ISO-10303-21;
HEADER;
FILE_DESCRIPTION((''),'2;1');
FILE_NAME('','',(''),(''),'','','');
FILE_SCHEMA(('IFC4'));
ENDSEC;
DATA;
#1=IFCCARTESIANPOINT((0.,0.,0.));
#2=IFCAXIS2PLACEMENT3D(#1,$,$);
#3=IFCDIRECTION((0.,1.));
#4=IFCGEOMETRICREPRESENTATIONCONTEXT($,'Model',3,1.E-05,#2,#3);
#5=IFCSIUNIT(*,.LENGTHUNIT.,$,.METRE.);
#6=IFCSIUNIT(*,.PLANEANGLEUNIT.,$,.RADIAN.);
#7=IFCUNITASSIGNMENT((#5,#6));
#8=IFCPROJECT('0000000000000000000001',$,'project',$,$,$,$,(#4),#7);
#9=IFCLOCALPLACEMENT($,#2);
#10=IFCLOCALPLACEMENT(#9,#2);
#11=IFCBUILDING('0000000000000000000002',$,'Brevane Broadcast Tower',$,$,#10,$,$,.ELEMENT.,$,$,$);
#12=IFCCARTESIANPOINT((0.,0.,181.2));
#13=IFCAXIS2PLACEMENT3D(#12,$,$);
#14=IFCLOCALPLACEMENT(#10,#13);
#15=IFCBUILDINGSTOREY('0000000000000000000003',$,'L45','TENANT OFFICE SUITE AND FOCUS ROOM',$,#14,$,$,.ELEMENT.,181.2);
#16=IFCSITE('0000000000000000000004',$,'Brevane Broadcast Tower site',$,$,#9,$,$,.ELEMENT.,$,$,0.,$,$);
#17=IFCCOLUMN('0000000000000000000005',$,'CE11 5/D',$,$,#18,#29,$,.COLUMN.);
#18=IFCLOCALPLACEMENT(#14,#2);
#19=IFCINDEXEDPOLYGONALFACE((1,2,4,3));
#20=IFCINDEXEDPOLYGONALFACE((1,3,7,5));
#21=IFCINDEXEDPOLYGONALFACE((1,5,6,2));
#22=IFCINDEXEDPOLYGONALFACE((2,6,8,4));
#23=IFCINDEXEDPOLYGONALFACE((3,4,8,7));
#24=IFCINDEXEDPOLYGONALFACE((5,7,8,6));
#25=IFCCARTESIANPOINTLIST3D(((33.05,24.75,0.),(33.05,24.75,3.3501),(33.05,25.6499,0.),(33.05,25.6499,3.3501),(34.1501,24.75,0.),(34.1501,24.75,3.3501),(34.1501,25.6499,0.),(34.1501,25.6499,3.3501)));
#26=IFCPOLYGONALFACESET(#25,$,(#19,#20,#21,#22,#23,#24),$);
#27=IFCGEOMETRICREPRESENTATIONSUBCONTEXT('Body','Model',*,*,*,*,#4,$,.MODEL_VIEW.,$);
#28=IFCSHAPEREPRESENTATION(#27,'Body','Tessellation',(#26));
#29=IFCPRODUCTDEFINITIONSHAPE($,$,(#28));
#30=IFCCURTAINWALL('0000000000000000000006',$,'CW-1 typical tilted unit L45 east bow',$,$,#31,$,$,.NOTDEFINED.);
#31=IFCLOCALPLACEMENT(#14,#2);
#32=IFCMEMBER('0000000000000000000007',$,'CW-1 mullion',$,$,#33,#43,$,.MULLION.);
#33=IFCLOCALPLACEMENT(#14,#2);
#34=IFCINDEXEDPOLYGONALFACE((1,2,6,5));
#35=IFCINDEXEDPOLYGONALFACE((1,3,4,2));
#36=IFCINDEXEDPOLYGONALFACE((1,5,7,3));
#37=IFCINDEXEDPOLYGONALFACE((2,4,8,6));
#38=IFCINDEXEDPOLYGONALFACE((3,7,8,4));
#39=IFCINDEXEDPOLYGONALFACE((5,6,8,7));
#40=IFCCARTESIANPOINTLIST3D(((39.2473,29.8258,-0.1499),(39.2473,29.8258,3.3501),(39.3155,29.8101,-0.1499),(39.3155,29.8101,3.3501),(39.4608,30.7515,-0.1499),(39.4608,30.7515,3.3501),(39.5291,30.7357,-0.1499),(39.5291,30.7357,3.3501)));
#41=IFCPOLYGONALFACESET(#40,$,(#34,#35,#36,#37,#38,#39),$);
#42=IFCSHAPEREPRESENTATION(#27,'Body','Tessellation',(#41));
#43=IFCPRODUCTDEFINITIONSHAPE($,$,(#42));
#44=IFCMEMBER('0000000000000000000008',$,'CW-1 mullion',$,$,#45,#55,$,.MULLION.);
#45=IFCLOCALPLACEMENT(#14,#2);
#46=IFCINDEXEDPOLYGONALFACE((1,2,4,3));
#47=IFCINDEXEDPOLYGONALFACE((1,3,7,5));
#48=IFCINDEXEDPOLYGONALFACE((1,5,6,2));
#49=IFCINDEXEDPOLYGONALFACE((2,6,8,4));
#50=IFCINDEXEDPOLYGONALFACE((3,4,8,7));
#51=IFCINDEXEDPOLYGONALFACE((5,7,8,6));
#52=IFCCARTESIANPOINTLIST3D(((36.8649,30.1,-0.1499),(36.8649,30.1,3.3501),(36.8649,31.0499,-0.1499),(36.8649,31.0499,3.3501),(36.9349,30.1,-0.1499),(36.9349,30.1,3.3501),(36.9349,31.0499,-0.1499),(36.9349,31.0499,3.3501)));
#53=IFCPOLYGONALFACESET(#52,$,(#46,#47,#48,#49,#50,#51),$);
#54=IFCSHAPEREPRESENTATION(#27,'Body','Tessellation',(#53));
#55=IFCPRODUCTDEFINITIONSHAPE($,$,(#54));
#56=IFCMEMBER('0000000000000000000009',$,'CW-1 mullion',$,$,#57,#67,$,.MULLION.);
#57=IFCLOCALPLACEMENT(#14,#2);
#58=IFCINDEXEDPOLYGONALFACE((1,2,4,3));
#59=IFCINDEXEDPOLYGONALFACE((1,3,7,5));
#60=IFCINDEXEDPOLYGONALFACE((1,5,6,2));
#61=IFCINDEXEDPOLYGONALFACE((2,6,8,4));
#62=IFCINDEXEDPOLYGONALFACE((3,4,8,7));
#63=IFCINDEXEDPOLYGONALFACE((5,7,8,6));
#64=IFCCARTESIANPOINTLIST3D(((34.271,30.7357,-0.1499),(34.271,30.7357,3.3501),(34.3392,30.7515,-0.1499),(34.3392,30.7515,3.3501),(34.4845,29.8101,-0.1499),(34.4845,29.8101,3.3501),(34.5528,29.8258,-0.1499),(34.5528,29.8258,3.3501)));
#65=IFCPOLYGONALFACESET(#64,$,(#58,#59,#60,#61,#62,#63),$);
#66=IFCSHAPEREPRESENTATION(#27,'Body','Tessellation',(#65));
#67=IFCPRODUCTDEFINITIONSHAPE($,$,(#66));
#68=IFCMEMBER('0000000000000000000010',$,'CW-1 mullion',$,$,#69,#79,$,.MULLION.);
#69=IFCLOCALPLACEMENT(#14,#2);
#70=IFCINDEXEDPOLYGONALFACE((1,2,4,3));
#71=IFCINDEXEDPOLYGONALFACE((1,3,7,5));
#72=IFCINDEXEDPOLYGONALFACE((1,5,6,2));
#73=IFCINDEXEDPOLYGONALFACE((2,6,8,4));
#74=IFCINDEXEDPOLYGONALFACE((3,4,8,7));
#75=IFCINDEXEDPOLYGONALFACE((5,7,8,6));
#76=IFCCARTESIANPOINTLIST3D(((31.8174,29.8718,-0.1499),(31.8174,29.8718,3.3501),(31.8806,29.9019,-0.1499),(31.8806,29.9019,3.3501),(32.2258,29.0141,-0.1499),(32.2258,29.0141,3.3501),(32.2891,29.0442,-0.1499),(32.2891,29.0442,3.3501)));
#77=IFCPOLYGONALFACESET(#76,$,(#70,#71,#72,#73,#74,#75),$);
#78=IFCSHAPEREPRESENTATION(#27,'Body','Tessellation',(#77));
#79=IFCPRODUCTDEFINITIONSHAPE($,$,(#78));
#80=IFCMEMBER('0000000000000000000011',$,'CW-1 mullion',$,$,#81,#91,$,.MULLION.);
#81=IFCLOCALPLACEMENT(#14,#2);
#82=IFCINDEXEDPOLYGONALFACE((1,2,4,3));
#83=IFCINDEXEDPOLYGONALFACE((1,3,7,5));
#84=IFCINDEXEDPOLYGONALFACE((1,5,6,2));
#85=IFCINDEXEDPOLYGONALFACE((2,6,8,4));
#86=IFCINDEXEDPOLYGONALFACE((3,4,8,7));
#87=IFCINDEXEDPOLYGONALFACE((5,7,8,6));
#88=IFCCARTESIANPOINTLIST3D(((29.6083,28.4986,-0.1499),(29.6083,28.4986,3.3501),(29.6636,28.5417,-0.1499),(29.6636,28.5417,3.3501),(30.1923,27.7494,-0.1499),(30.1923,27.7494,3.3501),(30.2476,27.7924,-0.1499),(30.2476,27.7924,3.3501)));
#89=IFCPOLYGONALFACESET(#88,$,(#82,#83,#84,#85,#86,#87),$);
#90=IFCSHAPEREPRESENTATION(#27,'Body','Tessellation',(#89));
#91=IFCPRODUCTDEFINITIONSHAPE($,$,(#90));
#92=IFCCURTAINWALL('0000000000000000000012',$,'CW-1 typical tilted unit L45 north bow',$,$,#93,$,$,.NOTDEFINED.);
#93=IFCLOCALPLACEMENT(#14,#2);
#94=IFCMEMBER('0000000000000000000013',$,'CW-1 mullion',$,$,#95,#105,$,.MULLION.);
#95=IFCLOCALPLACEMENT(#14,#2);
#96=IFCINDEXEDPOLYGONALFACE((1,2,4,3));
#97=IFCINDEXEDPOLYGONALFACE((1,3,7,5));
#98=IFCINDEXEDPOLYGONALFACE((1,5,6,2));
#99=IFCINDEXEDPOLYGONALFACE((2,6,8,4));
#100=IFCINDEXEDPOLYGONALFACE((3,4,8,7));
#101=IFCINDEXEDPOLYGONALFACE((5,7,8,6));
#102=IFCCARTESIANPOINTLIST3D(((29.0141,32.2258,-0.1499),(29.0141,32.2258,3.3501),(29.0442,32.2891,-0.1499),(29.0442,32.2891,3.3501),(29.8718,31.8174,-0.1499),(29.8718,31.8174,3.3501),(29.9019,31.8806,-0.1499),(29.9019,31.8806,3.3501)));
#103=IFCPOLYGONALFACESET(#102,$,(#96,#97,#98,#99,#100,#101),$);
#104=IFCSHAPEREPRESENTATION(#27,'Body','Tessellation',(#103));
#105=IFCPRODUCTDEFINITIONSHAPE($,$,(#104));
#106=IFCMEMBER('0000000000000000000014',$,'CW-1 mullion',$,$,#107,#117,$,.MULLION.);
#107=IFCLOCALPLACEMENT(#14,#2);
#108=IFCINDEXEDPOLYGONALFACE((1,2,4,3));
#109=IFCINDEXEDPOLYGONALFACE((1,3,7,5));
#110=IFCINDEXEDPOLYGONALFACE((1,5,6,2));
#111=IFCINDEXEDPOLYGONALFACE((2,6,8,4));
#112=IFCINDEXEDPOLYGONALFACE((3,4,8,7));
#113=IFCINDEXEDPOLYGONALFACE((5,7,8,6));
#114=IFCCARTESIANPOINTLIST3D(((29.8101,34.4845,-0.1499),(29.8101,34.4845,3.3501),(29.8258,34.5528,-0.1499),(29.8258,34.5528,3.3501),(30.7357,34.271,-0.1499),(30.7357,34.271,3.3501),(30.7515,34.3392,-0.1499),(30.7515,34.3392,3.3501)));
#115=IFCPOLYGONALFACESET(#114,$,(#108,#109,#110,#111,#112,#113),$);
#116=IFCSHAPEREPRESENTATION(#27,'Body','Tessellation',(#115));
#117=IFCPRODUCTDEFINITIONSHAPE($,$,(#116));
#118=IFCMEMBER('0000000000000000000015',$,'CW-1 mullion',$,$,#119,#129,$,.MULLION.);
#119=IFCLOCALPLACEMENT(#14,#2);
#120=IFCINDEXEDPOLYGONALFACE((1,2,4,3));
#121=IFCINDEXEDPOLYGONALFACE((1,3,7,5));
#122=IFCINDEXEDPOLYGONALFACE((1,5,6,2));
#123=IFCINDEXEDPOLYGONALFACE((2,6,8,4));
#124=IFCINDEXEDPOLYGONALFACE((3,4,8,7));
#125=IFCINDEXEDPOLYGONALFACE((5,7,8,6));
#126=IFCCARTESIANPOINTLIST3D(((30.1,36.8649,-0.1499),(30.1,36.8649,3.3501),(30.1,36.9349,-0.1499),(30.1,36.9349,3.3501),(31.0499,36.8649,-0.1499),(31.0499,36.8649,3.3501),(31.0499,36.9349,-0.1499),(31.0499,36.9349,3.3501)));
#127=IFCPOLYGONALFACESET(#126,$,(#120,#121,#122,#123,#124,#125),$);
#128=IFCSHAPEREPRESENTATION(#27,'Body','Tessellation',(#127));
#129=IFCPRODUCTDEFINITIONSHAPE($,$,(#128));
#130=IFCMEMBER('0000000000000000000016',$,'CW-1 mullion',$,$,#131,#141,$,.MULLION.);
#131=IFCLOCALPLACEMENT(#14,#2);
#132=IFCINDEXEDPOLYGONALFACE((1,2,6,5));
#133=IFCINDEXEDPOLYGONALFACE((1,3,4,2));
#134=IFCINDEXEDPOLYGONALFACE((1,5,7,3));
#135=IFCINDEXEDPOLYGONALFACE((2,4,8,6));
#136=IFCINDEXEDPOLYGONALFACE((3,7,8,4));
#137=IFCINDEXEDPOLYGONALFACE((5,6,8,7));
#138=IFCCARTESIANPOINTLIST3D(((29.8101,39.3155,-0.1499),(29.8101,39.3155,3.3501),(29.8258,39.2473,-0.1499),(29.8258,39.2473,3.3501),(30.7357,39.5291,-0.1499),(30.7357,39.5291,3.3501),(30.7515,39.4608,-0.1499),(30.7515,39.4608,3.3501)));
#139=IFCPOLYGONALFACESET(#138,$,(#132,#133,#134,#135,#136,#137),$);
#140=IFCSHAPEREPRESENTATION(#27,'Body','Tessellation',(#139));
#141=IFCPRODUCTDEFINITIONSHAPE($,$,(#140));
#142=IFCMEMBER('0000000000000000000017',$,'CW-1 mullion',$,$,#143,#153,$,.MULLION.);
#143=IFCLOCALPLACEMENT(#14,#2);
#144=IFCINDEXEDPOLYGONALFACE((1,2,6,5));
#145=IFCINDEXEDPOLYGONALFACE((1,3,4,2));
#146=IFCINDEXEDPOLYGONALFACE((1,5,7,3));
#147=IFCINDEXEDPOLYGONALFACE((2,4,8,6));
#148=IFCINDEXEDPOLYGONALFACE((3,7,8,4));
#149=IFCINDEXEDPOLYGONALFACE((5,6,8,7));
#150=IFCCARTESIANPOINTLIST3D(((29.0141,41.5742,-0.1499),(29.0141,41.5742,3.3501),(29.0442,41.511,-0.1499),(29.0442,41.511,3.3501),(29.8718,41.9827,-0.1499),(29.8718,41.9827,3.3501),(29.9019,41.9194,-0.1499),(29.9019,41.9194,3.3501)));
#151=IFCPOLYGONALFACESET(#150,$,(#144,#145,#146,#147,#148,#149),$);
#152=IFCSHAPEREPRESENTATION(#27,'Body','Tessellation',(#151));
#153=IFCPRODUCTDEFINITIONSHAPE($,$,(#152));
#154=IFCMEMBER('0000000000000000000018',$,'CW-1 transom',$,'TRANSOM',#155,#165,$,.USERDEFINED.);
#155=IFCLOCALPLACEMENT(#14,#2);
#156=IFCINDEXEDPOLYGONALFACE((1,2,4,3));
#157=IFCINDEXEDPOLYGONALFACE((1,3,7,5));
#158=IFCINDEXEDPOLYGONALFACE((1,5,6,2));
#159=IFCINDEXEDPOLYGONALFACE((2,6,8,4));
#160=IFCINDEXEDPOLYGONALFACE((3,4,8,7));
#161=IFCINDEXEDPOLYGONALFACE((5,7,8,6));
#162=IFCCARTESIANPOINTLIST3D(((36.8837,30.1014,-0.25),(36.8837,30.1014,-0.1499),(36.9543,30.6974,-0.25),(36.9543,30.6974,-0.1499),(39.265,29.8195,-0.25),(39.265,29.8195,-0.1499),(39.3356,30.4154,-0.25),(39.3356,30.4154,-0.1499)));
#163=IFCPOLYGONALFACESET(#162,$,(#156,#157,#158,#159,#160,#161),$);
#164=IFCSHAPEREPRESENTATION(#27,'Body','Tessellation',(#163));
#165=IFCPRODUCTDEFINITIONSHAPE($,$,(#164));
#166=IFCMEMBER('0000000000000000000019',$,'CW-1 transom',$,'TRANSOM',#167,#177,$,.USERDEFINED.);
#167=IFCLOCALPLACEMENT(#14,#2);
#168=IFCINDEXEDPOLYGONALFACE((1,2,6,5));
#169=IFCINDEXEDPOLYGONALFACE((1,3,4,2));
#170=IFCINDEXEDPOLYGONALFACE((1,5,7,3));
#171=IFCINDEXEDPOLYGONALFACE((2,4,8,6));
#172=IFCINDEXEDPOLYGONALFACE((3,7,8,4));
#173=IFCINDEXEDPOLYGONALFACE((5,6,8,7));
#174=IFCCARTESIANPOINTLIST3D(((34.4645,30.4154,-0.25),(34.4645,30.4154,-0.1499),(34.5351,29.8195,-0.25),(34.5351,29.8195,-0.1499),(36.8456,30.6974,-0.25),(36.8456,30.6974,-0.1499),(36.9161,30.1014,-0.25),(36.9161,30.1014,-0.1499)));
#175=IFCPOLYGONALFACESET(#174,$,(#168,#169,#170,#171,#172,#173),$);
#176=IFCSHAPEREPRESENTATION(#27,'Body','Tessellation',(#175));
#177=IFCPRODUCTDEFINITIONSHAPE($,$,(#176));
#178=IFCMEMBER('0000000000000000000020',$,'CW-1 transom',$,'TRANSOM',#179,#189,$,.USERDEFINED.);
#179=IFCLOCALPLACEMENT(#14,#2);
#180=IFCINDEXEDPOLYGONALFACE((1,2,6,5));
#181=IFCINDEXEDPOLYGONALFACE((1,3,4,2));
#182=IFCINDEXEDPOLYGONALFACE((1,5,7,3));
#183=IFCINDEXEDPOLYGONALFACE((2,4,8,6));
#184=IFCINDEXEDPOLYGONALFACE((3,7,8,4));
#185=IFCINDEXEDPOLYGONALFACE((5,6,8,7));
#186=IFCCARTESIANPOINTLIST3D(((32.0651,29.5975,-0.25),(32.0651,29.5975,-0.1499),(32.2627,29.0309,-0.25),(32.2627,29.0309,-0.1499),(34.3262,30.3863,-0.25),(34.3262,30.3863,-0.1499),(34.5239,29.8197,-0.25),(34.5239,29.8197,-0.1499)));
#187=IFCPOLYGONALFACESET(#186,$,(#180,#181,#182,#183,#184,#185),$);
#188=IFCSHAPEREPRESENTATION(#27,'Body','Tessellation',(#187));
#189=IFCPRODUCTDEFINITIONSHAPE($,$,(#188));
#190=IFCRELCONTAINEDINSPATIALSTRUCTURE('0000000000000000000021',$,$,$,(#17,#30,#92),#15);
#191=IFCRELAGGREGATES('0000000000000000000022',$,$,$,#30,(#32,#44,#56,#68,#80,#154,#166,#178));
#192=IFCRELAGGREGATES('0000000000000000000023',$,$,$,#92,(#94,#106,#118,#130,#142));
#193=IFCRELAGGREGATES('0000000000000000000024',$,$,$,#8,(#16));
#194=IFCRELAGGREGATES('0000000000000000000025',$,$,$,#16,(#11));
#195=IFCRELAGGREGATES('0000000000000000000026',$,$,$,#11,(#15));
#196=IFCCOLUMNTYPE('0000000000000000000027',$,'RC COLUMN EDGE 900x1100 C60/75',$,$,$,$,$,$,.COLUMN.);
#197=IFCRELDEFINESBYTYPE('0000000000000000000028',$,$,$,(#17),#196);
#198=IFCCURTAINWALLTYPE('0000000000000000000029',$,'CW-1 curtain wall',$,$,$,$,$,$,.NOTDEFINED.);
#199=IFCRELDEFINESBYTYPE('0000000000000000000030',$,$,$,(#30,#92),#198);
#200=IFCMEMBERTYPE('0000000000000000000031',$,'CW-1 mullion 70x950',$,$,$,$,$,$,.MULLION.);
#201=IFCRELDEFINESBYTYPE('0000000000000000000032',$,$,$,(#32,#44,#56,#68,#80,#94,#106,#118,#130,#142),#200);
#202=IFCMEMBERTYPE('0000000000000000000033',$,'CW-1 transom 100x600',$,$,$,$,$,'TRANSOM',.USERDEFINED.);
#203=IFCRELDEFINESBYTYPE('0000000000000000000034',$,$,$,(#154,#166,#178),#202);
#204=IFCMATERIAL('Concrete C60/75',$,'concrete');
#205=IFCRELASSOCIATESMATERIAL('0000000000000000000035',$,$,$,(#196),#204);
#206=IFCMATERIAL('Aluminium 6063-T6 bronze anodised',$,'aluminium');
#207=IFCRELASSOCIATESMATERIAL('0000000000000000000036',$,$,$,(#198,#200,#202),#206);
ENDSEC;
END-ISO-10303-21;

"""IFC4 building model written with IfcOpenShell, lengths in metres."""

from ifc_helpers import new_model, si_unit, direction, frame, origin, origin_2d, place, context, subcontext, project, spatial, rectangle, extrude, material, material_profile, profile_set, type_object, element, aggregate, save


model = new_model("IFC4")

# Units and contexts
model_context = context("Model", 3, precision=1e-05, world=origin(), true_north=direction((0.0, 1.0)))
body_context = subcontext(model_context, "Body", "Model", "MODEL_VIEW")
ifc_project = project(units=[si_unit("LENGTHUNIT", "METRE"), si_unit("PLANEANGLEUNIT", "RADIAN")], contexts=[model_context])

# Site, building, storey
site_placement = place(None, origin())
site = spatial("IfcSite", under=ifc_project, at=site_placement, Name="Brevane Broadcast Tower site", CompositionType="ELEMENT", RefElevation=0.0)
building_placement = place(site_placement, origin())
building = spatial("IfcBuilding", under=site, at=building_placement, Name="Brevane Broadcast Tower", CompositionType="ELEMENT")
storey_placement = place(building_placement, frame((0.0, 0.0, 181.2)))
storey = spatial("IfcBuildingStorey", under=building, at=storey_placement, Name="L45", Description="TENANT OFFICE SUITE AND FOCUS ROOM", CompositionType="ELEMENT", Elevation=181.2)

# Column
ifc_material_1 = material(Name="Concrete C60/75", Category="concrete")
ifc_material_profile_1 = material_profile(ifc_material_1, rectangle(XDim=0.8999, YDim=1.1001, at=origin_2d()), Name="RC 900x1100")
ifc_profile_set_1 = profile_set([ifc_material_profile_1], Name="Concrete C60/75")
column_type = type_object("IfcColumnType", Name="RC COLUMN EDGE 900x1100 C60/75", PredefinedType="COLUMN", material=ifc_profile_set_1)
column_placement = place(storey_placement, frame((33.6001, 25.2, 0.0), z_axis=(0.0, 0.0, 1.0), x_axis=(0.0, 1.0, 0.0)))
element("IfcColumn", 1, at=column_placement, inside=storey, type_object=column_type, Name="CE11 5/D", PredefinedType="COLUMN", context=body_context, shape_type="SweptSolid", body=[
    extrude(rectangle(XDim=0.8999, YDim=1.1001, at=origin_2d()), origin(), (0.0, 0.0, 1.0), 3.3501),
])

# Curtain walls, members
ifc_material_2 = material(Name="Aluminium 6063-T6 bronze anodised", Category="aluminium")
curtain_wall_type = type_object("IfcCurtainWallType", Name="CW-1 curtain wall", PredefinedType="NOTDEFINED", material=ifc_material_2)
curtain_wall_1_placement = place(storey_placement, origin())
curtain_wall_1 = element("IfcCurtainWall", 2, at=curtain_wall_1_placement, inside=storey, type_object=curtain_wall_type, Name="CW-1 typical tilted unit L45 east bow", PredefinedType="NOTDEFINED")
ifc_material_profile_2 = material_profile(ifc_material_2, rectangle(XDim=0.95, YDim=0.0701, at=origin_2d()), Name="RECT 70x950")
ifc_profile_set_2 = profile_set([ifc_material_profile_2], Name="Aluminium 6063-T6 bronze anodised")
member_type_1 = type_object("IfcMemberType", Name="CW-1 mullion 70x950", PredefinedType="MULLION", material=ifc_profile_set_2)
member_1_placement = place(storey_placement, frame((39.3882, 30.2808, -0.1499), z_axis=(0.0, 0.0, 1.0), x_axis=(-0.224807, -0.974403, 0.0)))
member_1 = element("IfcMember", 3, at=member_1_placement, type_object=member_type_1, Name="CW-1 mullion", PredefinedType="MULLION", context=body_context, shape_type="SweptSolid", body=[
    extrude(rectangle(XDim=0.95, YDim=0.0701, at=origin_2d()), origin(), (0.0, 0.0, 1.0), 3.5),
])
member_2_placement = place(storey_placement, frame((36.8999, 30.575, -0.1499), z_axis=(0.0, 0.0, 1.0), x_axis=(0.0, -1.0, 0.0)))
member_2 = element("IfcMember", 4, at=member_2_placement, type_object=member_type_1, Name="CW-1 mullion", PredefinedType="MULLION", context=body_context, shape_type="SweptSolid", body=[
    extrude(rectangle(XDim=0.95, YDim=0.0701, at=origin_2d()), origin(), (0.0, 0.0, 1.0), 3.5),
])
member_3_placement = place(storey_placement, frame((34.4119, 30.2808, -0.1499), z_axis=(0.0, 0.0, 1.0), x_axis=(0.224807, -0.974403, 0.0)))
member_3 = element("IfcMember", 5, at=member_3_placement, type_object=member_type_1, Name="CW-1 mullion", PredefinedType="MULLION", context=body_context, shape_type="SweptSolid", body=[
    extrude(rectangle(XDim=0.95, YDim=0.0701, at=origin_2d()), origin(), (0.0, 0.0, 1.0), 3.5),
])
member_4_placement = place(storey_placement, frame((32.0532, 29.458, -0.1499), z_axis=(0.0, 0.0, 1.0), x_axis=(0.429934, -0.902861, 0.0)))
member_4 = element("IfcMember", 6, at=member_4_placement, type_object=member_type_1, Name="CW-1 mullion", PredefinedType="MULLION", context=body_context, shape_type="SweptSolid", body=[
    extrude(rectangle(XDim=0.95, YDim=0.0701, at=origin_2d()), origin(), (0.0, 0.0, 1.0), 3.5),
])
member_5_placement = place(storey_placement, frame((29.928, 28.1455, -0.1499), z_axis=(0.0, 0.0, 1.0), x_axis=(0.61477, -0.788707, 0.0)))
member_5 = element("IfcMember", 7, at=member_5_placement, type_object=member_type_1, Name="CW-1 mullion", PredefinedType="MULLION", context=body_context, shape_type="SweptSolid", body=[
    extrude(rectangle(XDim=0.95, YDim=0.0701, at=origin_2d()), origin(), (0.0, 0.0, 1.0), 3.5),
])
curtain_wall_2_placement = place(storey_placement, origin())
curtain_wall_2 = element("IfcCurtainWall", 8, at=curtain_wall_2_placement, inside=storey, type_object=curtain_wall_type, Name="CW-1 typical tilted unit L45 north bow", PredefinedType="NOTDEFINED")
member_6_placement = place(storey_placement, frame((29.458, 32.0532, -0.1499), z_axis=(0.0, 0.0, 1.0), x_axis=(-0.902861, 0.429934, 0.0)))
member_6 = element("IfcMember", 9, at=member_6_placement, type_object=member_type_1, Name="CW-1 mullion", PredefinedType="MULLION", context=body_context, shape_type="SweptSolid", body=[
    extrude(rectangle(XDim=0.95, YDim=0.0701, at=origin_2d()), origin(), (0.0, 0.0, 1.0), 3.5),
])
member_7_placement = place(storey_placement, frame((30.2808, 34.4119, -0.1499), z_axis=(0.0, 0.0, 1.0), x_axis=(-0.974403, 0.224807, 0.0)))
member_7 = element("IfcMember", 10, at=member_7_placement, type_object=member_type_1, Name="CW-1 mullion", PredefinedType="MULLION", context=body_context, shape_type="SweptSolid", body=[
    extrude(rectangle(XDim=0.95, YDim=0.0701, at=origin_2d()), origin(), (0.0, 0.0, 1.0), 3.5),
])
member_8_placement = place(storey_placement, frame((30.575, 36.8999, -0.1499), z_axis=(0.0, 0.0, 1.0), x_axis=(-1.0, 0.0, 0.0)))
member_8 = element("IfcMember", 11, at=member_8_placement, type_object=member_type_1, Name="CW-1 mullion", PredefinedType="MULLION", context=body_context, shape_type="SweptSolid", body=[
    extrude(rectangle(XDim=0.95, YDim=0.0701, at=origin_2d()), origin(), (0.0, 0.0, 1.0), 3.5),
])
member_9_placement = place(storey_placement, frame((30.2808, 39.3882, -0.1499), z_axis=(0.0, 0.0, 1.0), x_axis=(-0.974403, -0.224807, 0.0)))
member_9 = element("IfcMember", 12, at=member_9_placement, type_object=member_type_1, Name="CW-1 mullion", PredefinedType="MULLION", context=body_context, shape_type="SweptSolid", body=[
    extrude(rectangle(XDim=0.95, YDim=0.0701, at=origin_2d()), origin(), (0.0, 0.0, 1.0), 3.5),
])
member_10_placement = place(storey_placement, frame((29.458, 41.7468, -0.1499), z_axis=(0.0, 0.0, 1.0), x_axis=(-0.902861, -0.429934, 0.0)))
member_10 = element("IfcMember", 13, at=member_10_placement, type_object=member_type_1, Name="CW-1 mullion", PredefinedType="MULLION", context=body_context, shape_type="SweptSolid", body=[
    extrude(rectangle(XDim=0.95, YDim=0.0701, at=origin_2d()), origin(), (0.0, 0.0, 1.0), 3.5),
])

# Members
ifc_material_profile_3 = material_profile(ifc_material_2, rectangle(XDim=0.6001, YDim=0.1001, at=origin_2d()), Name="RECT 100x600")
ifc_profile_set_3 = profile_set([ifc_material_profile_3], Name="Aluminium 6063-T6 bronze anodised")
member_type_2 = type_object("IfcMemberType", Name="CW-1 transom 100x600", ElementType="TRANSOM", PredefinedType="USERDEFINED", material=ifc_profile_set_3)
member_11_placement = place(storey_placement, frame((39.3003, 30.1174, -0.2), z_axis=(-0.993062, 0.117591, 0.0), x_axis=(-0.117591, -0.993062, 0.0)))
member_11 = element("IfcMember", 14, at=member_11_placement, type_object=member_type_2, Name="CW-1 transom", ObjectType="TRANSOM", PredefinedType="USERDEFINED", context=body_context, shape_type="SweptSolid", body=[
    extrude(rectangle(XDim=0.6001, YDim=0.1001, at=origin_2d()), origin(), (0.0, 0.0, 1.0), 2.3979),
])
member_12_placement = place(storey_placement, frame((36.8809, 30.3994, -0.2), z_axis=(-0.993061, -0.117603, 0.0), x_axis=(0.117603, -0.993061, 0.0)))
member_12 = element("IfcMember", 15, at=member_12_placement, type_object=member_type_2, Name="CW-1 transom", ObjectType="TRANSOM", PredefinedType="USERDEFINED", context=body_context, shape_type="SweptSolid", body=[
    extrude(rectangle(XDim=0.6001, YDim=0.1001, at=origin_2d()), origin(), (0.0, 0.0, 1.0), 2.3977),
])
member_13_placement = place(storey_placement, frame((34.425, 30.103, -0.2), z_axis=(-0.944198, -0.329378, 0.0), x_axis=(0.329378, -0.944198, 0.0)))
member_13 = element("IfcMember", 16, at=member_13_placement, type_object=member_type_2, Name="CW-1 transom", ObjectType="TRANSOM", PredefinedType="USERDEFINED", context=body_context, shape_type="SweptSolid", body=[
    extrude(rectangle(XDim=0.6001, YDim=0.1001, at=origin_2d()), origin(), (0.0, 0.0, 1.0), 2.3948),
])
aggregate(curtain_wall_1, [member_1, member_2, member_3, member_4, member_5, member_11, member_12, member_13])
aggregate(curtain_wall_2, [member_6, member_7, member_8, member_9, member_10])

save(model, "model.ifc")
